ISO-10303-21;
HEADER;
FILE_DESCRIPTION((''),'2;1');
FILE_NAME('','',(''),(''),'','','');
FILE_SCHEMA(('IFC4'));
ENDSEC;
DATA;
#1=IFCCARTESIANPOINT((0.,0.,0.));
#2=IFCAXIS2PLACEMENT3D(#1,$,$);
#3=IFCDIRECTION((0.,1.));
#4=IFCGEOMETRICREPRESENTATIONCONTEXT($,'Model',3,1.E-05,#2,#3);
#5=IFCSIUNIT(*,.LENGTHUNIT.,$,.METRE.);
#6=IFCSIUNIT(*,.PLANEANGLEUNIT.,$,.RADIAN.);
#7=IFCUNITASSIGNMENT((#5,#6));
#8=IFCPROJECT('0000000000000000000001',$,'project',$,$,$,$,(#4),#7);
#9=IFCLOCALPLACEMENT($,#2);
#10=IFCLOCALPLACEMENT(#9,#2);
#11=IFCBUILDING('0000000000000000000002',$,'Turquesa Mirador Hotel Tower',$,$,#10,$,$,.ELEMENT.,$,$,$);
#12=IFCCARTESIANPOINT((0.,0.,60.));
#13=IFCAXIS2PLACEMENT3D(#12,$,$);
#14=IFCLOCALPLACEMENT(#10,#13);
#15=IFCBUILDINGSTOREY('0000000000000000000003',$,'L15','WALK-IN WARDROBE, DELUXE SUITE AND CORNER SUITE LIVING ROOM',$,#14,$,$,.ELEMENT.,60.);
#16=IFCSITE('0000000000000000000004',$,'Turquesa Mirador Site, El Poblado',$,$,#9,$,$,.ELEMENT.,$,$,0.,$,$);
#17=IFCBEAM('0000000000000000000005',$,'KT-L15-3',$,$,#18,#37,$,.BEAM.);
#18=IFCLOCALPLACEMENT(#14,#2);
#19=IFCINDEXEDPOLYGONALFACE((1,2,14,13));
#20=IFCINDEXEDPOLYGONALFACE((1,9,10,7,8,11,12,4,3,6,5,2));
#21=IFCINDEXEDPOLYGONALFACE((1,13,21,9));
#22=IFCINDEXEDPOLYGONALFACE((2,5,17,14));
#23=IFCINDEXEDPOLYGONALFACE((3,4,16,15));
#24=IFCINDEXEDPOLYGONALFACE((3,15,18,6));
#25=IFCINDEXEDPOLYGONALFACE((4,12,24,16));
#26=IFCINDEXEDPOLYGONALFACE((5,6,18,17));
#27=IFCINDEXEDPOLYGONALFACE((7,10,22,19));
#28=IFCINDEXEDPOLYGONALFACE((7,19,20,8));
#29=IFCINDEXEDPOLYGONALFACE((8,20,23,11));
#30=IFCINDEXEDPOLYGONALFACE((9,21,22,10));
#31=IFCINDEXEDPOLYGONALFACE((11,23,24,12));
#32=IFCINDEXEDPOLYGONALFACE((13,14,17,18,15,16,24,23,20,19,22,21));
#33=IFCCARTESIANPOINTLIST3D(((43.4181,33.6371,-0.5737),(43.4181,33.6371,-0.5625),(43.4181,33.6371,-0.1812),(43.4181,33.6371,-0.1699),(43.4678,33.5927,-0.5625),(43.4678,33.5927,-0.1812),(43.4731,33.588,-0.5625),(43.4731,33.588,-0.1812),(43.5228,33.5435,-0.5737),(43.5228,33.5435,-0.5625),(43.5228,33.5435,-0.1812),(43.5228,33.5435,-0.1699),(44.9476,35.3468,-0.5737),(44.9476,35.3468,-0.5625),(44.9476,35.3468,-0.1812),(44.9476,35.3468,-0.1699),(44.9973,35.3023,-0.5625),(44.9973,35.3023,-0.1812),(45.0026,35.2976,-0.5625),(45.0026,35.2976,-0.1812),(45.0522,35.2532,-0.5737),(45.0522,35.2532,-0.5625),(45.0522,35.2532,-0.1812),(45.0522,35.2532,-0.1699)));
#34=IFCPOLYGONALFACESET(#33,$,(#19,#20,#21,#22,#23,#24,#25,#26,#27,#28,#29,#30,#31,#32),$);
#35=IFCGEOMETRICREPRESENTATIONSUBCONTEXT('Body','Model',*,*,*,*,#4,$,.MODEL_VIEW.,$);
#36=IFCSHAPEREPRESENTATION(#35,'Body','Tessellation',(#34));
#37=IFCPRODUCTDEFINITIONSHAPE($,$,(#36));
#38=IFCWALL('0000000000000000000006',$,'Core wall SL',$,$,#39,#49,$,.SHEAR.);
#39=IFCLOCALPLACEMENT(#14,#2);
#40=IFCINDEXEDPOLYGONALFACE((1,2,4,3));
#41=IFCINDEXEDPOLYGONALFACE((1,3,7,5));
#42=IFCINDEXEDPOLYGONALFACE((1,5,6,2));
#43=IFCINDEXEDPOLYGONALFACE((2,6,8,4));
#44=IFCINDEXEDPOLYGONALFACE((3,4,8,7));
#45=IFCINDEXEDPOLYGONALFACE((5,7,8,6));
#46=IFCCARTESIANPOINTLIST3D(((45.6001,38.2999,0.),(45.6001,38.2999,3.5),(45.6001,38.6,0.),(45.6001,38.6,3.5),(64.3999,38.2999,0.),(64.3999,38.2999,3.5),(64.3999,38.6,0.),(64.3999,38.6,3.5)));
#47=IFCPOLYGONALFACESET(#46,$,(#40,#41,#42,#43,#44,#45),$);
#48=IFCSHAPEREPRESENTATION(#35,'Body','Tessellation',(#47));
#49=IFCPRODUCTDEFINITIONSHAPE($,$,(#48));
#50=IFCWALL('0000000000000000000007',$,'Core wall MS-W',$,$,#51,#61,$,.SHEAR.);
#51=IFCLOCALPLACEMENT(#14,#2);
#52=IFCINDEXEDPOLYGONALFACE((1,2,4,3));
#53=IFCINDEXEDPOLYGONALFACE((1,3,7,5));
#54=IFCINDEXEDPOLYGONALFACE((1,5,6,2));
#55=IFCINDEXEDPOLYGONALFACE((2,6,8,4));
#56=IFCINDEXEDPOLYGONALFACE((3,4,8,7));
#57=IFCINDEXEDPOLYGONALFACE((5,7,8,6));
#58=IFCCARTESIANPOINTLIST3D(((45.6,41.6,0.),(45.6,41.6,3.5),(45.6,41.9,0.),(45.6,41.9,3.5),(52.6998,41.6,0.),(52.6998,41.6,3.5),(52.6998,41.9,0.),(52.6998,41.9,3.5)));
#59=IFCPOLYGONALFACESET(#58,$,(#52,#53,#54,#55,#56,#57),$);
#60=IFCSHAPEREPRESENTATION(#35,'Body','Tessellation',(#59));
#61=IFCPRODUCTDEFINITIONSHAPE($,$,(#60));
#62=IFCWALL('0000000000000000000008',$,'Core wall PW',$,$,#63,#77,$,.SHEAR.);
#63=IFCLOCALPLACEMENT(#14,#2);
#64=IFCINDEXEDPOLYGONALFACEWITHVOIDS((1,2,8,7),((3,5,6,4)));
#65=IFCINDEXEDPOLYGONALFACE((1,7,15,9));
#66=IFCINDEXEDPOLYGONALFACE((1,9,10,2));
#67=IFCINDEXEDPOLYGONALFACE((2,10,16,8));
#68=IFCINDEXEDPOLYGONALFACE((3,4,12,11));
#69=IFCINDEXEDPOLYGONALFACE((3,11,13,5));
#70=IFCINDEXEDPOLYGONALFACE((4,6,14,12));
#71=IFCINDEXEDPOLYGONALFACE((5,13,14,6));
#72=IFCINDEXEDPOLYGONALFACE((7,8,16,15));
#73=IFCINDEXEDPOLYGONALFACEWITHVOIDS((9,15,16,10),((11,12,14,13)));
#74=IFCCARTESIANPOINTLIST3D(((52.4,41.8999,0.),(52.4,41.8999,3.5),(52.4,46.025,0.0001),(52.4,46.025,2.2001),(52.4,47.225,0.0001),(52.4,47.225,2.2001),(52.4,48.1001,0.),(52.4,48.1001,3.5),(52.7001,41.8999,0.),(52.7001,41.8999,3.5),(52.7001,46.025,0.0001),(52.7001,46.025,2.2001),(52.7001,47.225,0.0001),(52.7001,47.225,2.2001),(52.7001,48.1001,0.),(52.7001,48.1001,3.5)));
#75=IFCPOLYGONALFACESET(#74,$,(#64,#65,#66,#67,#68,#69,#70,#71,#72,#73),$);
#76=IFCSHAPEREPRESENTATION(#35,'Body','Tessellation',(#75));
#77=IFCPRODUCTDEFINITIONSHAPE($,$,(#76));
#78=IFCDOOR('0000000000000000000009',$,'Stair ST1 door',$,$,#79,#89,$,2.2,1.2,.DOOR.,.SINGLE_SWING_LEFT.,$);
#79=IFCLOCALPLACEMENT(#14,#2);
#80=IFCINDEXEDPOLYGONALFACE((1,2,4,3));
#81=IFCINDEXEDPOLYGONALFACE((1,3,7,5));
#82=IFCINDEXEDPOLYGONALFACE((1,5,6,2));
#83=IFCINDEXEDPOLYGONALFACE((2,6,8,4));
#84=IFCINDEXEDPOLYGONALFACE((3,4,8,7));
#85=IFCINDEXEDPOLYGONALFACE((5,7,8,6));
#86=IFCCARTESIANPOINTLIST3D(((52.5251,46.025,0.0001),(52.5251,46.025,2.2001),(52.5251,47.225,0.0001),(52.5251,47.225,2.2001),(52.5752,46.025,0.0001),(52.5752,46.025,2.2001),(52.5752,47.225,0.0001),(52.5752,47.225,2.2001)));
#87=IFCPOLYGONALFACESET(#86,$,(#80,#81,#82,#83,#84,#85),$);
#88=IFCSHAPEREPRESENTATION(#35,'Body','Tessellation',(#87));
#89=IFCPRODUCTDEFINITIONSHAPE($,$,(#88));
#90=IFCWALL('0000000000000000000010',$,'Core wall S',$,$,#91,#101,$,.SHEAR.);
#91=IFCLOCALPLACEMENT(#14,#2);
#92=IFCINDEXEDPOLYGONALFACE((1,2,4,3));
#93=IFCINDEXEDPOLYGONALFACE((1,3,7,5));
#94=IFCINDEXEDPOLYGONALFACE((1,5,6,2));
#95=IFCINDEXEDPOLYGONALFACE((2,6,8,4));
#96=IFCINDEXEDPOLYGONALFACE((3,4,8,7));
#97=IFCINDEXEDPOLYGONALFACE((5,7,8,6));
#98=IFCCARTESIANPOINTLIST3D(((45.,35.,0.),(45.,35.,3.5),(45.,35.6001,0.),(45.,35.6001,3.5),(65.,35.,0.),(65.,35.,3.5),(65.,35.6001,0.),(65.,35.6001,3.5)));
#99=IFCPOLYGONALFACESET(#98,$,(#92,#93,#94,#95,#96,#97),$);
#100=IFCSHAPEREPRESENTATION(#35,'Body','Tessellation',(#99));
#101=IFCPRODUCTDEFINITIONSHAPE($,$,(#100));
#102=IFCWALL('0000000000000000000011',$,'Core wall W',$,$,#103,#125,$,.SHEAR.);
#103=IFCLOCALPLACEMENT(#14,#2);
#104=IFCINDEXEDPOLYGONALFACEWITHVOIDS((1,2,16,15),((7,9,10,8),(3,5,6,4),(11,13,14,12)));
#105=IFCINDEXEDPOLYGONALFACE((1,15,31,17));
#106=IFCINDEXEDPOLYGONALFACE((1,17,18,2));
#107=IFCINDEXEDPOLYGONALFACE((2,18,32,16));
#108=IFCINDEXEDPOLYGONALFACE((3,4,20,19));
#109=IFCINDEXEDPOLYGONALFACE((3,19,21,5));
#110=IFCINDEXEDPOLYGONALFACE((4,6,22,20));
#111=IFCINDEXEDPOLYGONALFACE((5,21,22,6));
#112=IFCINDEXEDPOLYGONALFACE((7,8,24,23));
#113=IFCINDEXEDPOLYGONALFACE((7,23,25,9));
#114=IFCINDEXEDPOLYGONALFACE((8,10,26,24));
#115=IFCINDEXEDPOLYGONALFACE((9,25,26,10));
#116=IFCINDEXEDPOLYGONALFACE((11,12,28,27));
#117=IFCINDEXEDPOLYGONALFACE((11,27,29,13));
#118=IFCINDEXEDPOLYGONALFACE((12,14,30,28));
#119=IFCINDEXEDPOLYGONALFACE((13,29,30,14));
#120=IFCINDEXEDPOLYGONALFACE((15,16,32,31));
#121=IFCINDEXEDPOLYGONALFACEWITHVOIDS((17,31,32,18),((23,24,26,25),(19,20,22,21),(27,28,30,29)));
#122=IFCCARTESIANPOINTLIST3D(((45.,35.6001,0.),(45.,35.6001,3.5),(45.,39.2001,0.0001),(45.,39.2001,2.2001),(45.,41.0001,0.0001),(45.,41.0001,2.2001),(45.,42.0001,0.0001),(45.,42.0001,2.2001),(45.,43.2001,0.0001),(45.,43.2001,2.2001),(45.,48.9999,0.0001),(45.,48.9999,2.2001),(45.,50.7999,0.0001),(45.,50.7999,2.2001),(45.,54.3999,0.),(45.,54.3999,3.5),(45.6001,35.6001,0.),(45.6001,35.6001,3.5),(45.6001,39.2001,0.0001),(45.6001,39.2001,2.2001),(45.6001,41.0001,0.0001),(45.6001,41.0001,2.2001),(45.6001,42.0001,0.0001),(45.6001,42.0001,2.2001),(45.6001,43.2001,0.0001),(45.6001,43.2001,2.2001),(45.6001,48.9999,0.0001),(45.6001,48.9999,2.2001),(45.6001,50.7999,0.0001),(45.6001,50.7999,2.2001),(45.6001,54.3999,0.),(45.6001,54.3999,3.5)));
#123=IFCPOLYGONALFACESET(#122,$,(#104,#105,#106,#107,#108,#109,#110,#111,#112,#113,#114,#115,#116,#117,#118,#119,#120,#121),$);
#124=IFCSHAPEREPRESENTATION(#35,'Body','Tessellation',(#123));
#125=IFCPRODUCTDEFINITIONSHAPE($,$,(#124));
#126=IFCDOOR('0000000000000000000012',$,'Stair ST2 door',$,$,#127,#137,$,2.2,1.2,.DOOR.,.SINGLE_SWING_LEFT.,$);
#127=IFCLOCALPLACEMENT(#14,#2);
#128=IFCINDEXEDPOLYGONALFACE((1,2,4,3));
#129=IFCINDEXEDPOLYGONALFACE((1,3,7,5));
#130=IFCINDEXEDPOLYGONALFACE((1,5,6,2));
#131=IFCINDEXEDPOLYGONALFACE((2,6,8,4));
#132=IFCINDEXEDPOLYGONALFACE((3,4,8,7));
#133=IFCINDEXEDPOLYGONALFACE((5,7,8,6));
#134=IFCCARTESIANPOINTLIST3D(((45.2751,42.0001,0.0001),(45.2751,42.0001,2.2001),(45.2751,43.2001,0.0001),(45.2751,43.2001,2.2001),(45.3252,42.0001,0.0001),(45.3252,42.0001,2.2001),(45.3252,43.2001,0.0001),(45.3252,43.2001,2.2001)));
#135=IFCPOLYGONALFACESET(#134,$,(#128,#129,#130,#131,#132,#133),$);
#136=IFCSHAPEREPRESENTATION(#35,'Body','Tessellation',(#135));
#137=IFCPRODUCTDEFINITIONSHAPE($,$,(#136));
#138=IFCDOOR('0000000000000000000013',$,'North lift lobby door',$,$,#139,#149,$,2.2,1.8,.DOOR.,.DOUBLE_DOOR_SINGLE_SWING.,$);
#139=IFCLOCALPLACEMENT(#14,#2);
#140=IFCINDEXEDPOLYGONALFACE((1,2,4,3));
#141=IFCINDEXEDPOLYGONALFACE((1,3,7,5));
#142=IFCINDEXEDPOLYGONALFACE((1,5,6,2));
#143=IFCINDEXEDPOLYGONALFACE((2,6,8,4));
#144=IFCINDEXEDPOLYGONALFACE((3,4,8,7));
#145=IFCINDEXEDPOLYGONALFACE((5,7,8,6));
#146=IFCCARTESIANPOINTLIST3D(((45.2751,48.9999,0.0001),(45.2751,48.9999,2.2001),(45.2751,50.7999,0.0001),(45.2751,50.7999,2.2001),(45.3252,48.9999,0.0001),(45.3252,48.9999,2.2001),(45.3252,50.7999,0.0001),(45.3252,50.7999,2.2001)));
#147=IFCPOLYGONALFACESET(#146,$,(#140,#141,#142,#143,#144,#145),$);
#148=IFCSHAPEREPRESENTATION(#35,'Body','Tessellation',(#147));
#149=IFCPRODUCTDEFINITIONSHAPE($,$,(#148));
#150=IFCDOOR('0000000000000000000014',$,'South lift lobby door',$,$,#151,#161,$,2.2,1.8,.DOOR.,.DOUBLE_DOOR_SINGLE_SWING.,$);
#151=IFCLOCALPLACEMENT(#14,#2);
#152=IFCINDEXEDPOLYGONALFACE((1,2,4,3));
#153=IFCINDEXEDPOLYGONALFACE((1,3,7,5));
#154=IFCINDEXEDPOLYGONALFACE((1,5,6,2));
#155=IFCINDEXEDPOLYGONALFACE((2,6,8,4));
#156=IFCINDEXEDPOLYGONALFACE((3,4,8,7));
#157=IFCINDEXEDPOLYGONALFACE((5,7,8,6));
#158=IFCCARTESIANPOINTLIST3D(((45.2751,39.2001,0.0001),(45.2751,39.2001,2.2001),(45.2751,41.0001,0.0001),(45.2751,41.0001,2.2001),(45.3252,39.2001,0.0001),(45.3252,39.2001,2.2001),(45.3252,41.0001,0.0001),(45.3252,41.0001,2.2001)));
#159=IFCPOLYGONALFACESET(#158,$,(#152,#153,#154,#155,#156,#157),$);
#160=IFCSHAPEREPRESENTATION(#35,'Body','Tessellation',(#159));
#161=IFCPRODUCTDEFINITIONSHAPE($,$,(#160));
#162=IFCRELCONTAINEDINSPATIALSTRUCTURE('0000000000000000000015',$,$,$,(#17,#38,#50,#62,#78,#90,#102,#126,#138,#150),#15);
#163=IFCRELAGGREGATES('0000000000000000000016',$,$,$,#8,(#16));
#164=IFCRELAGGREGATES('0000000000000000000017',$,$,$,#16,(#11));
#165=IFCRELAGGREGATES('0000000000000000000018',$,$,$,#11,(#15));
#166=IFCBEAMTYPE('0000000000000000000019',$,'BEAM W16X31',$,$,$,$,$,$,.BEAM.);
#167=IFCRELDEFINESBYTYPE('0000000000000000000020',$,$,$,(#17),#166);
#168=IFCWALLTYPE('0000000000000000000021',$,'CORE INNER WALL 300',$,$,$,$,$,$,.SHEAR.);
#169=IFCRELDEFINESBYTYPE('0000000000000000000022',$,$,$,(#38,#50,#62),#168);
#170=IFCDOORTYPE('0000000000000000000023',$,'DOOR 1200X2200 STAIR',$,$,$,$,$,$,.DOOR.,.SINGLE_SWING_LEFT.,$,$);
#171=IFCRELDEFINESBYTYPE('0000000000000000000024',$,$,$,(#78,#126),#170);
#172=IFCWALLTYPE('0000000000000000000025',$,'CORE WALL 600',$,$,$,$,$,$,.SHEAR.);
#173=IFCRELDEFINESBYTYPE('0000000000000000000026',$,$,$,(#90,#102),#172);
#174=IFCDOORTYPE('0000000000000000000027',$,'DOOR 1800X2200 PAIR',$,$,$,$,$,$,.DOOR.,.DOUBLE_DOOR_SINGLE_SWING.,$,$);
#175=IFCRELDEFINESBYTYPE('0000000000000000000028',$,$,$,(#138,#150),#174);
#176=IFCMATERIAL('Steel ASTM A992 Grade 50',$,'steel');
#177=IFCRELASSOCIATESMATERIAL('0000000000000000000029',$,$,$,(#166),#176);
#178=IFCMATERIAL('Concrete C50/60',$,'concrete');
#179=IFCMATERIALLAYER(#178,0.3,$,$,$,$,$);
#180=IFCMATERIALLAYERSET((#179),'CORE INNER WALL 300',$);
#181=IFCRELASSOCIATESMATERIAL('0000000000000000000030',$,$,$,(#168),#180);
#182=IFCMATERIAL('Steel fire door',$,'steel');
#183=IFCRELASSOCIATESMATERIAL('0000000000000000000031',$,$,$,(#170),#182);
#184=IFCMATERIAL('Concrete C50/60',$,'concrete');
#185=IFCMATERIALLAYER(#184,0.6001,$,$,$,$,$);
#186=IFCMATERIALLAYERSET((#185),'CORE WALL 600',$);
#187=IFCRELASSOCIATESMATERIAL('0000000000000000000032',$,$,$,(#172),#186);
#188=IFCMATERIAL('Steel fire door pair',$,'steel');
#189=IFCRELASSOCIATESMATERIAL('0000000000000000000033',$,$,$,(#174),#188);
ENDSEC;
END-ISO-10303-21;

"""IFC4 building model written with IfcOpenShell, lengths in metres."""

from ifc_helpers import new_model, si_unit, direction, frame, frame_2d, origin, origin_2d, place, context, subcontext, project, spatial, rectangle, i_section, extrude, material, layer, layer_set, material_profile, profile_set, type_object, element, fill, save


model = new_model("IFC4")

# Units and contexts
model_context = context("Model", 3, precision=1e-05, world=origin(), true_north=direction((0.0, 1.0)))
body_context = subcontext(model_context, "Body", "Model", "MODEL_VIEW")
ifc_project = project(units=[si_unit("LENGTHUNIT", "METRE"), si_unit("PLANEANGLEUNIT", "RADIAN")], contexts=[model_context])

# Site, building, storey
site_placement = place(None, origin())
site = spatial("IfcSite", under=ifc_project, at=site_placement, Name="Turquesa Mirador Site, El Poblado", CompositionType="ELEMENT", RefElevation=0.0)
building_placement = place(site_placement, origin())
building = spatial("IfcBuilding", under=site, at=building_placement, Name="Turquesa Mirador Hotel Tower", CompositionType="ELEMENT")
storey_placement = place(building_placement, frame((0.0, 0.0, 60.0)))
storey = spatial("IfcBuildingStorey", under=building, at=storey_placement, Name="L15", Description="WALK-IN WARDROBE, DELUXE SUITE AND CORNER SUITE LIVING ROOM", CompositionType="ELEMENT", Elevation=60.0)

# Beam
ifc_material_1 = material(Name="Steel ASTM A992 Grade 50", Category="steel")
ifc_material_profile = material_profile(ifc_material_1, i_section(OverallWidth=0.1404, OverallDepth=0.4038, WebThickness=0.0071, FlangeThickness=0.0112, at=origin_2d()), Name="W16X31")
ifc_profile_set = profile_set([ifc_material_profile], Name="Steel ASTM A992 Grade 50")
beam_type = type_object("IfcBeamType", Name="BEAM W16X31", PredefinedType="BEAM", material=ifc_profile_set)
beam_placement = place(storey_placement, frame((43.4705, 33.5903, -0.3718), z_axis=(0.666745, 0.745286, 0.0), x_axis=(-0.745286, 0.666745, 0.0)))
element("IfcBeam", 1, at=beam_placement, inside=storey, type_object=beam_type, Name="KT-L15-3", PredefinedType="BEAM", context=body_context, shape_type="SweptSolid", body=[
    extrude(i_section(OverallWidth=0.1404, OverallDepth=0.4038, WebThickness=0.0071, FlangeThickness=0.0112, at=origin_2d()), origin(), (0.0, 0.0, 1.0), 2.2939),
])

# Walls
ifc_material_2 = material(Name="Concrete C50/60", Category="concrete")
ifc_layer_1 = layer(ifc_material_2, 0.3)
ifc_layer_set_1 = layer_set([ifc_layer_1], Name="CORE INNER WALL 300")
wall_type_1 = type_object("IfcWallType", Name="CORE INNER WALL 300", PredefinedType="SHEAR", material=ifc_layer_set_1)
wall_1_placement = place(storey_placement, frame((45.6001, 38.45, 0.0), z_axis=(0.0, 0.0, 1.0), x_axis=(1.0, 0.0, 0.0)))
element("IfcWall", 2, at=wall_1_placement, inside=storey, type_object=wall_type_1, Name="Core wall SL", PredefinedType="SHEAR", context=body_context, shape_type="SweptSolid", body=[
    extrude(rectangle(XDim=18.7998, YDim=0.3, at=frame_2d((9.3999, 0.0))), origin(), (0.0, 0.0, 1.0), 3.5),
])
wall_2_placement = place(storey_placement, frame((45.6001, 41.75, 0.0), z_axis=(0.0, 0.0, 1.0), x_axis=(1.0, 0.0, 0.0)))
element("IfcWall", 3, at=wall_2_placement, inside=storey, type_object=wall_type_1, Name="Core wall MS-W", PredefinedType="SHEAR", context=body_context, shape_type="SweptSolid", body=[
    extrude(rectangle(XDim=7.0999, YDim=0.3, at=frame_2d((3.5498, 0.0))), origin(), (0.0, 0.0, 1.0), 3.5),
])

# Wall, opening, door
wall_3_placement = place(storey_placement, frame((52.55, 41.8999, 0.0), z_axis=(0.0, 0.0, 1.0), x_axis=(0.0, 1.0, 0.0)))
wall_3 = element("IfcWall", 4, at=wall_3_placement, inside=storey, type_object=wall_type_1, Name="Core wall PW", PredefinedType="SHEAR", context=body_context, shape_type="SweptSolid", body=[
    extrude(rectangle(XDim=6.2002, YDim=0.3, at=frame_2d((3.1001, 0.0))), origin(), (0.0, 0.0, 1.0), 3.5),
])
opening_1_placement = place(wall_3_placement, frame((4.125, 0.0, 0.0)))
opening_1 = element("IfcOpeningElement", 5, at=opening_1_placement, cuts=wall_3, PredefinedType="OPENING", context=body_context, shape_type="SweptSolid", body=[
    extrude(rectangle(XDim=1.2, YDim=2.2, at=frame_2d((0.6001, 1.1001))), frame((0.0, 0.1599, 0.0), z_axis=(0.0, -1.0, 0.0), x_axis=(1.0, 0.0, 0.0)), (0.0, 0.0, 1.0), 0.3201),
])
ifc_material_3 = material(Name="Steel fire door", Category="steel")
door_type_1 = type_object("IfcDoorType", Name="DOOR 1200X2200 STAIR", OperationType="SINGLE_SWING_LEFT", PredefinedType="DOOR", material=ifc_material_3)
door_1_placement = place(opening_1_placement, origin())
door_1 = element("IfcDoor", 6, at=door_1_placement, inside=storey, type_object=door_type_1, Name="Stair ST1 door", OperationType="SINGLE_SWING_LEFT", OverallHeight=2.2, OverallWidth=1.2, PredefinedType="DOOR", context=body_context, shape_type="SweptSolid", body=[
    extrude(rectangle(XDim=1.2, YDim=2.2, at=frame_2d((0.6001, 1.1001))), frame((0.0, 0.0249, 0.0), z_axis=(0.0, -1.0, 0.0), x_axis=(1.0, 0.0, 0.0)), (0.0, 0.0, 1.0), 0.05),
])
fill(opening_1, door_1)

# Wall
ifc_material_4 = material(Name="Concrete C50/60", Category="concrete")
ifc_layer_2 = layer(ifc_material_4, 0.6001)
ifc_layer_set_2 = layer_set([ifc_layer_2], Name="CORE WALL 600")
wall_type_2 = type_object("IfcWallType", Name="CORE WALL 600", PredefinedType="SHEAR", material=ifc_layer_set_2)
wall_4_placement = place(storey_placement, frame((45.0, 35.3, 0.0), z_axis=(0.0, 0.0, 1.0), x_axis=(1.0, 0.0, 0.0)))
element("IfcWall", 7, at=wall_4_placement, inside=storey, type_object=wall_type_2, Name="Core wall S", PredefinedType="SHEAR", context=body_context, shape_type="SweptSolid", body=[
    extrude(rectangle(XDim=20.0, YDim=0.6001, at=frame_2d((10.0, 0.0))), origin(), (0.0, 0.0, 1.0), 3.5),
])

# Wall, openings, doors
wall_5_placement = place(storey_placement, frame((45.3, 35.6001, 0.0), z_axis=(0.0, 0.0, 1.0), x_axis=(0.0, 1.0, 0.0)))
wall_5 = element("IfcWall", 8, at=wall_5_placement, inside=storey, type_object=wall_type_2, Name="Core wall W", PredefinedType="SHEAR", context=body_context, shape_type="SweptSolid", body=[
    extrude(rectangle(XDim=18.7998, YDim=0.6001, at=frame_2d((9.3999, 0.0))), origin(), (0.0, 0.0, 1.0), 3.5),
])
opening_2_placement = place(wall_5_placement, frame((13.3999, 0.0, 0.0)))
opening_2 = element("IfcOpeningElement", 9, at=opening_2_placement, cuts=wall_5, PredefinedType="OPENING", context=body_context, shape_type="SweptSolid", body=[
    extrude(rectangle(XDim=1.8, YDim=2.2, at=frame_2d((0.8999, 1.1001))), frame((0.0, 0.3101, 0.0), z_axis=(0.0, -1.0, 0.0), x_axis=(1.0, 0.0, 0.0)), (0.0, 0.0, 1.0), 0.6201),
])
opening_3_placement = place(wall_5_placement, frame((3.6001, 0.0, 0.0)))
opening_3 = element("IfcOpeningElement", 10, at=opening_3_placement, cuts=wall_5, PredefinedType="OPENING", context=body_context, shape_type="SweptSolid", body=[
    extrude(rectangle(XDim=1.8, YDim=2.2, at=frame_2d((0.8999, 1.1001))), frame((0.0, 0.3101, 0.0), z_axis=(0.0, -1.0, 0.0), x_axis=(1.0, 0.0, 0.0)), (0.0, 0.0, 1.0), 0.6201),
])
opening_4_placement = place(wall_5_placement, frame((6.3999, 0.0, 0.0)))
opening_4 = element("IfcOpeningElement", 11, at=opening_4_placement, cuts=wall_5, PredefinedType="OPENING", context=body_context, shape_type="SweptSolid", body=[
    extrude(rectangle(XDim=1.2, YDim=2.2, at=frame_2d((0.6001, 1.1001))), frame((0.0, 0.3101, 0.0), z_axis=(0.0, -1.0, 0.0), x_axis=(1.0, 0.0, 0.0)), (0.0, 0.0, 1.0), 0.6201),
])
door_2_placement = place(opening_4_placement, origin())
door_2 = element("IfcDoor", 12, at=door_2_placement, inside=storey, type_object=door_type_1, Name="Stair ST2 door", OperationType="SINGLE_SWING_LEFT", OverallHeight=2.2, OverallWidth=1.2, PredefinedType="DOOR", context=body_context, shape_type="SweptSolid", body=[
    extrude(rectangle(XDim=1.2, YDim=2.2, at=frame_2d((0.6001, 1.1001))), frame((0.0, 0.0249, 0.0), z_axis=(0.0, -1.0, 0.0), x_axis=(1.0, 0.0, 0.0)), (0.0, 0.0, 1.0), 0.05),
])
fill(opening_4, door_2)
ifc_material_5 = material(Name="Steel fire door pair", Category="steel")
door_type_2 = type_object("IfcDoorType", Name="DOOR 1800X2200 PAIR", OperationType="DOUBLE_DOOR_SINGLE_SWING", PredefinedType="DOOR", material=ifc_material_5)
door_3_placement = place(opening_2_placement, origin())
door_3 = element("IfcDoor", 13, at=door_3_placement, inside=storey, type_object=door_type_2, Name="North lift lobby door", OperationType="DOUBLE_DOOR_SINGLE_SWING", OverallHeight=2.2, OverallWidth=1.8, PredefinedType="DOOR", context=body_context, shape_type="SweptSolid", body=[
    extrude(rectangle(XDim=1.8, YDim=2.2, at=frame_2d((0.8999, 1.1001))), frame((0.0, 0.0249, 0.0), z_axis=(0.0, -1.0, 0.0), x_axis=(1.0, 0.0, 0.0)), (0.0, 0.0, 1.0), 0.05),
])
fill(opening_2, door_3)
door_4_placement = place(opening_3_placement, origin())
door_4 = element("IfcDoor", 14, at=door_4_placement, inside=storey, type_object=door_type_2, Name="South lift lobby door", OperationType="DOUBLE_DOOR_SINGLE_SWING", OverallHeight=2.2, OverallWidth=1.8, PredefinedType="DOOR", context=body_context, shape_type="SweptSolid", body=[
    extrude(rectangle(XDim=1.8, YDim=2.2, at=frame_2d((0.8999, 1.1001))), frame((0.0, 0.0249, 0.0), z_axis=(0.0, -1.0, 0.0), x_axis=(1.0, 0.0, 0.0)), (0.0, 0.0, 1.0), 0.05),
])
fill(opening_3, door_4)

save(model, "model.ifc")
